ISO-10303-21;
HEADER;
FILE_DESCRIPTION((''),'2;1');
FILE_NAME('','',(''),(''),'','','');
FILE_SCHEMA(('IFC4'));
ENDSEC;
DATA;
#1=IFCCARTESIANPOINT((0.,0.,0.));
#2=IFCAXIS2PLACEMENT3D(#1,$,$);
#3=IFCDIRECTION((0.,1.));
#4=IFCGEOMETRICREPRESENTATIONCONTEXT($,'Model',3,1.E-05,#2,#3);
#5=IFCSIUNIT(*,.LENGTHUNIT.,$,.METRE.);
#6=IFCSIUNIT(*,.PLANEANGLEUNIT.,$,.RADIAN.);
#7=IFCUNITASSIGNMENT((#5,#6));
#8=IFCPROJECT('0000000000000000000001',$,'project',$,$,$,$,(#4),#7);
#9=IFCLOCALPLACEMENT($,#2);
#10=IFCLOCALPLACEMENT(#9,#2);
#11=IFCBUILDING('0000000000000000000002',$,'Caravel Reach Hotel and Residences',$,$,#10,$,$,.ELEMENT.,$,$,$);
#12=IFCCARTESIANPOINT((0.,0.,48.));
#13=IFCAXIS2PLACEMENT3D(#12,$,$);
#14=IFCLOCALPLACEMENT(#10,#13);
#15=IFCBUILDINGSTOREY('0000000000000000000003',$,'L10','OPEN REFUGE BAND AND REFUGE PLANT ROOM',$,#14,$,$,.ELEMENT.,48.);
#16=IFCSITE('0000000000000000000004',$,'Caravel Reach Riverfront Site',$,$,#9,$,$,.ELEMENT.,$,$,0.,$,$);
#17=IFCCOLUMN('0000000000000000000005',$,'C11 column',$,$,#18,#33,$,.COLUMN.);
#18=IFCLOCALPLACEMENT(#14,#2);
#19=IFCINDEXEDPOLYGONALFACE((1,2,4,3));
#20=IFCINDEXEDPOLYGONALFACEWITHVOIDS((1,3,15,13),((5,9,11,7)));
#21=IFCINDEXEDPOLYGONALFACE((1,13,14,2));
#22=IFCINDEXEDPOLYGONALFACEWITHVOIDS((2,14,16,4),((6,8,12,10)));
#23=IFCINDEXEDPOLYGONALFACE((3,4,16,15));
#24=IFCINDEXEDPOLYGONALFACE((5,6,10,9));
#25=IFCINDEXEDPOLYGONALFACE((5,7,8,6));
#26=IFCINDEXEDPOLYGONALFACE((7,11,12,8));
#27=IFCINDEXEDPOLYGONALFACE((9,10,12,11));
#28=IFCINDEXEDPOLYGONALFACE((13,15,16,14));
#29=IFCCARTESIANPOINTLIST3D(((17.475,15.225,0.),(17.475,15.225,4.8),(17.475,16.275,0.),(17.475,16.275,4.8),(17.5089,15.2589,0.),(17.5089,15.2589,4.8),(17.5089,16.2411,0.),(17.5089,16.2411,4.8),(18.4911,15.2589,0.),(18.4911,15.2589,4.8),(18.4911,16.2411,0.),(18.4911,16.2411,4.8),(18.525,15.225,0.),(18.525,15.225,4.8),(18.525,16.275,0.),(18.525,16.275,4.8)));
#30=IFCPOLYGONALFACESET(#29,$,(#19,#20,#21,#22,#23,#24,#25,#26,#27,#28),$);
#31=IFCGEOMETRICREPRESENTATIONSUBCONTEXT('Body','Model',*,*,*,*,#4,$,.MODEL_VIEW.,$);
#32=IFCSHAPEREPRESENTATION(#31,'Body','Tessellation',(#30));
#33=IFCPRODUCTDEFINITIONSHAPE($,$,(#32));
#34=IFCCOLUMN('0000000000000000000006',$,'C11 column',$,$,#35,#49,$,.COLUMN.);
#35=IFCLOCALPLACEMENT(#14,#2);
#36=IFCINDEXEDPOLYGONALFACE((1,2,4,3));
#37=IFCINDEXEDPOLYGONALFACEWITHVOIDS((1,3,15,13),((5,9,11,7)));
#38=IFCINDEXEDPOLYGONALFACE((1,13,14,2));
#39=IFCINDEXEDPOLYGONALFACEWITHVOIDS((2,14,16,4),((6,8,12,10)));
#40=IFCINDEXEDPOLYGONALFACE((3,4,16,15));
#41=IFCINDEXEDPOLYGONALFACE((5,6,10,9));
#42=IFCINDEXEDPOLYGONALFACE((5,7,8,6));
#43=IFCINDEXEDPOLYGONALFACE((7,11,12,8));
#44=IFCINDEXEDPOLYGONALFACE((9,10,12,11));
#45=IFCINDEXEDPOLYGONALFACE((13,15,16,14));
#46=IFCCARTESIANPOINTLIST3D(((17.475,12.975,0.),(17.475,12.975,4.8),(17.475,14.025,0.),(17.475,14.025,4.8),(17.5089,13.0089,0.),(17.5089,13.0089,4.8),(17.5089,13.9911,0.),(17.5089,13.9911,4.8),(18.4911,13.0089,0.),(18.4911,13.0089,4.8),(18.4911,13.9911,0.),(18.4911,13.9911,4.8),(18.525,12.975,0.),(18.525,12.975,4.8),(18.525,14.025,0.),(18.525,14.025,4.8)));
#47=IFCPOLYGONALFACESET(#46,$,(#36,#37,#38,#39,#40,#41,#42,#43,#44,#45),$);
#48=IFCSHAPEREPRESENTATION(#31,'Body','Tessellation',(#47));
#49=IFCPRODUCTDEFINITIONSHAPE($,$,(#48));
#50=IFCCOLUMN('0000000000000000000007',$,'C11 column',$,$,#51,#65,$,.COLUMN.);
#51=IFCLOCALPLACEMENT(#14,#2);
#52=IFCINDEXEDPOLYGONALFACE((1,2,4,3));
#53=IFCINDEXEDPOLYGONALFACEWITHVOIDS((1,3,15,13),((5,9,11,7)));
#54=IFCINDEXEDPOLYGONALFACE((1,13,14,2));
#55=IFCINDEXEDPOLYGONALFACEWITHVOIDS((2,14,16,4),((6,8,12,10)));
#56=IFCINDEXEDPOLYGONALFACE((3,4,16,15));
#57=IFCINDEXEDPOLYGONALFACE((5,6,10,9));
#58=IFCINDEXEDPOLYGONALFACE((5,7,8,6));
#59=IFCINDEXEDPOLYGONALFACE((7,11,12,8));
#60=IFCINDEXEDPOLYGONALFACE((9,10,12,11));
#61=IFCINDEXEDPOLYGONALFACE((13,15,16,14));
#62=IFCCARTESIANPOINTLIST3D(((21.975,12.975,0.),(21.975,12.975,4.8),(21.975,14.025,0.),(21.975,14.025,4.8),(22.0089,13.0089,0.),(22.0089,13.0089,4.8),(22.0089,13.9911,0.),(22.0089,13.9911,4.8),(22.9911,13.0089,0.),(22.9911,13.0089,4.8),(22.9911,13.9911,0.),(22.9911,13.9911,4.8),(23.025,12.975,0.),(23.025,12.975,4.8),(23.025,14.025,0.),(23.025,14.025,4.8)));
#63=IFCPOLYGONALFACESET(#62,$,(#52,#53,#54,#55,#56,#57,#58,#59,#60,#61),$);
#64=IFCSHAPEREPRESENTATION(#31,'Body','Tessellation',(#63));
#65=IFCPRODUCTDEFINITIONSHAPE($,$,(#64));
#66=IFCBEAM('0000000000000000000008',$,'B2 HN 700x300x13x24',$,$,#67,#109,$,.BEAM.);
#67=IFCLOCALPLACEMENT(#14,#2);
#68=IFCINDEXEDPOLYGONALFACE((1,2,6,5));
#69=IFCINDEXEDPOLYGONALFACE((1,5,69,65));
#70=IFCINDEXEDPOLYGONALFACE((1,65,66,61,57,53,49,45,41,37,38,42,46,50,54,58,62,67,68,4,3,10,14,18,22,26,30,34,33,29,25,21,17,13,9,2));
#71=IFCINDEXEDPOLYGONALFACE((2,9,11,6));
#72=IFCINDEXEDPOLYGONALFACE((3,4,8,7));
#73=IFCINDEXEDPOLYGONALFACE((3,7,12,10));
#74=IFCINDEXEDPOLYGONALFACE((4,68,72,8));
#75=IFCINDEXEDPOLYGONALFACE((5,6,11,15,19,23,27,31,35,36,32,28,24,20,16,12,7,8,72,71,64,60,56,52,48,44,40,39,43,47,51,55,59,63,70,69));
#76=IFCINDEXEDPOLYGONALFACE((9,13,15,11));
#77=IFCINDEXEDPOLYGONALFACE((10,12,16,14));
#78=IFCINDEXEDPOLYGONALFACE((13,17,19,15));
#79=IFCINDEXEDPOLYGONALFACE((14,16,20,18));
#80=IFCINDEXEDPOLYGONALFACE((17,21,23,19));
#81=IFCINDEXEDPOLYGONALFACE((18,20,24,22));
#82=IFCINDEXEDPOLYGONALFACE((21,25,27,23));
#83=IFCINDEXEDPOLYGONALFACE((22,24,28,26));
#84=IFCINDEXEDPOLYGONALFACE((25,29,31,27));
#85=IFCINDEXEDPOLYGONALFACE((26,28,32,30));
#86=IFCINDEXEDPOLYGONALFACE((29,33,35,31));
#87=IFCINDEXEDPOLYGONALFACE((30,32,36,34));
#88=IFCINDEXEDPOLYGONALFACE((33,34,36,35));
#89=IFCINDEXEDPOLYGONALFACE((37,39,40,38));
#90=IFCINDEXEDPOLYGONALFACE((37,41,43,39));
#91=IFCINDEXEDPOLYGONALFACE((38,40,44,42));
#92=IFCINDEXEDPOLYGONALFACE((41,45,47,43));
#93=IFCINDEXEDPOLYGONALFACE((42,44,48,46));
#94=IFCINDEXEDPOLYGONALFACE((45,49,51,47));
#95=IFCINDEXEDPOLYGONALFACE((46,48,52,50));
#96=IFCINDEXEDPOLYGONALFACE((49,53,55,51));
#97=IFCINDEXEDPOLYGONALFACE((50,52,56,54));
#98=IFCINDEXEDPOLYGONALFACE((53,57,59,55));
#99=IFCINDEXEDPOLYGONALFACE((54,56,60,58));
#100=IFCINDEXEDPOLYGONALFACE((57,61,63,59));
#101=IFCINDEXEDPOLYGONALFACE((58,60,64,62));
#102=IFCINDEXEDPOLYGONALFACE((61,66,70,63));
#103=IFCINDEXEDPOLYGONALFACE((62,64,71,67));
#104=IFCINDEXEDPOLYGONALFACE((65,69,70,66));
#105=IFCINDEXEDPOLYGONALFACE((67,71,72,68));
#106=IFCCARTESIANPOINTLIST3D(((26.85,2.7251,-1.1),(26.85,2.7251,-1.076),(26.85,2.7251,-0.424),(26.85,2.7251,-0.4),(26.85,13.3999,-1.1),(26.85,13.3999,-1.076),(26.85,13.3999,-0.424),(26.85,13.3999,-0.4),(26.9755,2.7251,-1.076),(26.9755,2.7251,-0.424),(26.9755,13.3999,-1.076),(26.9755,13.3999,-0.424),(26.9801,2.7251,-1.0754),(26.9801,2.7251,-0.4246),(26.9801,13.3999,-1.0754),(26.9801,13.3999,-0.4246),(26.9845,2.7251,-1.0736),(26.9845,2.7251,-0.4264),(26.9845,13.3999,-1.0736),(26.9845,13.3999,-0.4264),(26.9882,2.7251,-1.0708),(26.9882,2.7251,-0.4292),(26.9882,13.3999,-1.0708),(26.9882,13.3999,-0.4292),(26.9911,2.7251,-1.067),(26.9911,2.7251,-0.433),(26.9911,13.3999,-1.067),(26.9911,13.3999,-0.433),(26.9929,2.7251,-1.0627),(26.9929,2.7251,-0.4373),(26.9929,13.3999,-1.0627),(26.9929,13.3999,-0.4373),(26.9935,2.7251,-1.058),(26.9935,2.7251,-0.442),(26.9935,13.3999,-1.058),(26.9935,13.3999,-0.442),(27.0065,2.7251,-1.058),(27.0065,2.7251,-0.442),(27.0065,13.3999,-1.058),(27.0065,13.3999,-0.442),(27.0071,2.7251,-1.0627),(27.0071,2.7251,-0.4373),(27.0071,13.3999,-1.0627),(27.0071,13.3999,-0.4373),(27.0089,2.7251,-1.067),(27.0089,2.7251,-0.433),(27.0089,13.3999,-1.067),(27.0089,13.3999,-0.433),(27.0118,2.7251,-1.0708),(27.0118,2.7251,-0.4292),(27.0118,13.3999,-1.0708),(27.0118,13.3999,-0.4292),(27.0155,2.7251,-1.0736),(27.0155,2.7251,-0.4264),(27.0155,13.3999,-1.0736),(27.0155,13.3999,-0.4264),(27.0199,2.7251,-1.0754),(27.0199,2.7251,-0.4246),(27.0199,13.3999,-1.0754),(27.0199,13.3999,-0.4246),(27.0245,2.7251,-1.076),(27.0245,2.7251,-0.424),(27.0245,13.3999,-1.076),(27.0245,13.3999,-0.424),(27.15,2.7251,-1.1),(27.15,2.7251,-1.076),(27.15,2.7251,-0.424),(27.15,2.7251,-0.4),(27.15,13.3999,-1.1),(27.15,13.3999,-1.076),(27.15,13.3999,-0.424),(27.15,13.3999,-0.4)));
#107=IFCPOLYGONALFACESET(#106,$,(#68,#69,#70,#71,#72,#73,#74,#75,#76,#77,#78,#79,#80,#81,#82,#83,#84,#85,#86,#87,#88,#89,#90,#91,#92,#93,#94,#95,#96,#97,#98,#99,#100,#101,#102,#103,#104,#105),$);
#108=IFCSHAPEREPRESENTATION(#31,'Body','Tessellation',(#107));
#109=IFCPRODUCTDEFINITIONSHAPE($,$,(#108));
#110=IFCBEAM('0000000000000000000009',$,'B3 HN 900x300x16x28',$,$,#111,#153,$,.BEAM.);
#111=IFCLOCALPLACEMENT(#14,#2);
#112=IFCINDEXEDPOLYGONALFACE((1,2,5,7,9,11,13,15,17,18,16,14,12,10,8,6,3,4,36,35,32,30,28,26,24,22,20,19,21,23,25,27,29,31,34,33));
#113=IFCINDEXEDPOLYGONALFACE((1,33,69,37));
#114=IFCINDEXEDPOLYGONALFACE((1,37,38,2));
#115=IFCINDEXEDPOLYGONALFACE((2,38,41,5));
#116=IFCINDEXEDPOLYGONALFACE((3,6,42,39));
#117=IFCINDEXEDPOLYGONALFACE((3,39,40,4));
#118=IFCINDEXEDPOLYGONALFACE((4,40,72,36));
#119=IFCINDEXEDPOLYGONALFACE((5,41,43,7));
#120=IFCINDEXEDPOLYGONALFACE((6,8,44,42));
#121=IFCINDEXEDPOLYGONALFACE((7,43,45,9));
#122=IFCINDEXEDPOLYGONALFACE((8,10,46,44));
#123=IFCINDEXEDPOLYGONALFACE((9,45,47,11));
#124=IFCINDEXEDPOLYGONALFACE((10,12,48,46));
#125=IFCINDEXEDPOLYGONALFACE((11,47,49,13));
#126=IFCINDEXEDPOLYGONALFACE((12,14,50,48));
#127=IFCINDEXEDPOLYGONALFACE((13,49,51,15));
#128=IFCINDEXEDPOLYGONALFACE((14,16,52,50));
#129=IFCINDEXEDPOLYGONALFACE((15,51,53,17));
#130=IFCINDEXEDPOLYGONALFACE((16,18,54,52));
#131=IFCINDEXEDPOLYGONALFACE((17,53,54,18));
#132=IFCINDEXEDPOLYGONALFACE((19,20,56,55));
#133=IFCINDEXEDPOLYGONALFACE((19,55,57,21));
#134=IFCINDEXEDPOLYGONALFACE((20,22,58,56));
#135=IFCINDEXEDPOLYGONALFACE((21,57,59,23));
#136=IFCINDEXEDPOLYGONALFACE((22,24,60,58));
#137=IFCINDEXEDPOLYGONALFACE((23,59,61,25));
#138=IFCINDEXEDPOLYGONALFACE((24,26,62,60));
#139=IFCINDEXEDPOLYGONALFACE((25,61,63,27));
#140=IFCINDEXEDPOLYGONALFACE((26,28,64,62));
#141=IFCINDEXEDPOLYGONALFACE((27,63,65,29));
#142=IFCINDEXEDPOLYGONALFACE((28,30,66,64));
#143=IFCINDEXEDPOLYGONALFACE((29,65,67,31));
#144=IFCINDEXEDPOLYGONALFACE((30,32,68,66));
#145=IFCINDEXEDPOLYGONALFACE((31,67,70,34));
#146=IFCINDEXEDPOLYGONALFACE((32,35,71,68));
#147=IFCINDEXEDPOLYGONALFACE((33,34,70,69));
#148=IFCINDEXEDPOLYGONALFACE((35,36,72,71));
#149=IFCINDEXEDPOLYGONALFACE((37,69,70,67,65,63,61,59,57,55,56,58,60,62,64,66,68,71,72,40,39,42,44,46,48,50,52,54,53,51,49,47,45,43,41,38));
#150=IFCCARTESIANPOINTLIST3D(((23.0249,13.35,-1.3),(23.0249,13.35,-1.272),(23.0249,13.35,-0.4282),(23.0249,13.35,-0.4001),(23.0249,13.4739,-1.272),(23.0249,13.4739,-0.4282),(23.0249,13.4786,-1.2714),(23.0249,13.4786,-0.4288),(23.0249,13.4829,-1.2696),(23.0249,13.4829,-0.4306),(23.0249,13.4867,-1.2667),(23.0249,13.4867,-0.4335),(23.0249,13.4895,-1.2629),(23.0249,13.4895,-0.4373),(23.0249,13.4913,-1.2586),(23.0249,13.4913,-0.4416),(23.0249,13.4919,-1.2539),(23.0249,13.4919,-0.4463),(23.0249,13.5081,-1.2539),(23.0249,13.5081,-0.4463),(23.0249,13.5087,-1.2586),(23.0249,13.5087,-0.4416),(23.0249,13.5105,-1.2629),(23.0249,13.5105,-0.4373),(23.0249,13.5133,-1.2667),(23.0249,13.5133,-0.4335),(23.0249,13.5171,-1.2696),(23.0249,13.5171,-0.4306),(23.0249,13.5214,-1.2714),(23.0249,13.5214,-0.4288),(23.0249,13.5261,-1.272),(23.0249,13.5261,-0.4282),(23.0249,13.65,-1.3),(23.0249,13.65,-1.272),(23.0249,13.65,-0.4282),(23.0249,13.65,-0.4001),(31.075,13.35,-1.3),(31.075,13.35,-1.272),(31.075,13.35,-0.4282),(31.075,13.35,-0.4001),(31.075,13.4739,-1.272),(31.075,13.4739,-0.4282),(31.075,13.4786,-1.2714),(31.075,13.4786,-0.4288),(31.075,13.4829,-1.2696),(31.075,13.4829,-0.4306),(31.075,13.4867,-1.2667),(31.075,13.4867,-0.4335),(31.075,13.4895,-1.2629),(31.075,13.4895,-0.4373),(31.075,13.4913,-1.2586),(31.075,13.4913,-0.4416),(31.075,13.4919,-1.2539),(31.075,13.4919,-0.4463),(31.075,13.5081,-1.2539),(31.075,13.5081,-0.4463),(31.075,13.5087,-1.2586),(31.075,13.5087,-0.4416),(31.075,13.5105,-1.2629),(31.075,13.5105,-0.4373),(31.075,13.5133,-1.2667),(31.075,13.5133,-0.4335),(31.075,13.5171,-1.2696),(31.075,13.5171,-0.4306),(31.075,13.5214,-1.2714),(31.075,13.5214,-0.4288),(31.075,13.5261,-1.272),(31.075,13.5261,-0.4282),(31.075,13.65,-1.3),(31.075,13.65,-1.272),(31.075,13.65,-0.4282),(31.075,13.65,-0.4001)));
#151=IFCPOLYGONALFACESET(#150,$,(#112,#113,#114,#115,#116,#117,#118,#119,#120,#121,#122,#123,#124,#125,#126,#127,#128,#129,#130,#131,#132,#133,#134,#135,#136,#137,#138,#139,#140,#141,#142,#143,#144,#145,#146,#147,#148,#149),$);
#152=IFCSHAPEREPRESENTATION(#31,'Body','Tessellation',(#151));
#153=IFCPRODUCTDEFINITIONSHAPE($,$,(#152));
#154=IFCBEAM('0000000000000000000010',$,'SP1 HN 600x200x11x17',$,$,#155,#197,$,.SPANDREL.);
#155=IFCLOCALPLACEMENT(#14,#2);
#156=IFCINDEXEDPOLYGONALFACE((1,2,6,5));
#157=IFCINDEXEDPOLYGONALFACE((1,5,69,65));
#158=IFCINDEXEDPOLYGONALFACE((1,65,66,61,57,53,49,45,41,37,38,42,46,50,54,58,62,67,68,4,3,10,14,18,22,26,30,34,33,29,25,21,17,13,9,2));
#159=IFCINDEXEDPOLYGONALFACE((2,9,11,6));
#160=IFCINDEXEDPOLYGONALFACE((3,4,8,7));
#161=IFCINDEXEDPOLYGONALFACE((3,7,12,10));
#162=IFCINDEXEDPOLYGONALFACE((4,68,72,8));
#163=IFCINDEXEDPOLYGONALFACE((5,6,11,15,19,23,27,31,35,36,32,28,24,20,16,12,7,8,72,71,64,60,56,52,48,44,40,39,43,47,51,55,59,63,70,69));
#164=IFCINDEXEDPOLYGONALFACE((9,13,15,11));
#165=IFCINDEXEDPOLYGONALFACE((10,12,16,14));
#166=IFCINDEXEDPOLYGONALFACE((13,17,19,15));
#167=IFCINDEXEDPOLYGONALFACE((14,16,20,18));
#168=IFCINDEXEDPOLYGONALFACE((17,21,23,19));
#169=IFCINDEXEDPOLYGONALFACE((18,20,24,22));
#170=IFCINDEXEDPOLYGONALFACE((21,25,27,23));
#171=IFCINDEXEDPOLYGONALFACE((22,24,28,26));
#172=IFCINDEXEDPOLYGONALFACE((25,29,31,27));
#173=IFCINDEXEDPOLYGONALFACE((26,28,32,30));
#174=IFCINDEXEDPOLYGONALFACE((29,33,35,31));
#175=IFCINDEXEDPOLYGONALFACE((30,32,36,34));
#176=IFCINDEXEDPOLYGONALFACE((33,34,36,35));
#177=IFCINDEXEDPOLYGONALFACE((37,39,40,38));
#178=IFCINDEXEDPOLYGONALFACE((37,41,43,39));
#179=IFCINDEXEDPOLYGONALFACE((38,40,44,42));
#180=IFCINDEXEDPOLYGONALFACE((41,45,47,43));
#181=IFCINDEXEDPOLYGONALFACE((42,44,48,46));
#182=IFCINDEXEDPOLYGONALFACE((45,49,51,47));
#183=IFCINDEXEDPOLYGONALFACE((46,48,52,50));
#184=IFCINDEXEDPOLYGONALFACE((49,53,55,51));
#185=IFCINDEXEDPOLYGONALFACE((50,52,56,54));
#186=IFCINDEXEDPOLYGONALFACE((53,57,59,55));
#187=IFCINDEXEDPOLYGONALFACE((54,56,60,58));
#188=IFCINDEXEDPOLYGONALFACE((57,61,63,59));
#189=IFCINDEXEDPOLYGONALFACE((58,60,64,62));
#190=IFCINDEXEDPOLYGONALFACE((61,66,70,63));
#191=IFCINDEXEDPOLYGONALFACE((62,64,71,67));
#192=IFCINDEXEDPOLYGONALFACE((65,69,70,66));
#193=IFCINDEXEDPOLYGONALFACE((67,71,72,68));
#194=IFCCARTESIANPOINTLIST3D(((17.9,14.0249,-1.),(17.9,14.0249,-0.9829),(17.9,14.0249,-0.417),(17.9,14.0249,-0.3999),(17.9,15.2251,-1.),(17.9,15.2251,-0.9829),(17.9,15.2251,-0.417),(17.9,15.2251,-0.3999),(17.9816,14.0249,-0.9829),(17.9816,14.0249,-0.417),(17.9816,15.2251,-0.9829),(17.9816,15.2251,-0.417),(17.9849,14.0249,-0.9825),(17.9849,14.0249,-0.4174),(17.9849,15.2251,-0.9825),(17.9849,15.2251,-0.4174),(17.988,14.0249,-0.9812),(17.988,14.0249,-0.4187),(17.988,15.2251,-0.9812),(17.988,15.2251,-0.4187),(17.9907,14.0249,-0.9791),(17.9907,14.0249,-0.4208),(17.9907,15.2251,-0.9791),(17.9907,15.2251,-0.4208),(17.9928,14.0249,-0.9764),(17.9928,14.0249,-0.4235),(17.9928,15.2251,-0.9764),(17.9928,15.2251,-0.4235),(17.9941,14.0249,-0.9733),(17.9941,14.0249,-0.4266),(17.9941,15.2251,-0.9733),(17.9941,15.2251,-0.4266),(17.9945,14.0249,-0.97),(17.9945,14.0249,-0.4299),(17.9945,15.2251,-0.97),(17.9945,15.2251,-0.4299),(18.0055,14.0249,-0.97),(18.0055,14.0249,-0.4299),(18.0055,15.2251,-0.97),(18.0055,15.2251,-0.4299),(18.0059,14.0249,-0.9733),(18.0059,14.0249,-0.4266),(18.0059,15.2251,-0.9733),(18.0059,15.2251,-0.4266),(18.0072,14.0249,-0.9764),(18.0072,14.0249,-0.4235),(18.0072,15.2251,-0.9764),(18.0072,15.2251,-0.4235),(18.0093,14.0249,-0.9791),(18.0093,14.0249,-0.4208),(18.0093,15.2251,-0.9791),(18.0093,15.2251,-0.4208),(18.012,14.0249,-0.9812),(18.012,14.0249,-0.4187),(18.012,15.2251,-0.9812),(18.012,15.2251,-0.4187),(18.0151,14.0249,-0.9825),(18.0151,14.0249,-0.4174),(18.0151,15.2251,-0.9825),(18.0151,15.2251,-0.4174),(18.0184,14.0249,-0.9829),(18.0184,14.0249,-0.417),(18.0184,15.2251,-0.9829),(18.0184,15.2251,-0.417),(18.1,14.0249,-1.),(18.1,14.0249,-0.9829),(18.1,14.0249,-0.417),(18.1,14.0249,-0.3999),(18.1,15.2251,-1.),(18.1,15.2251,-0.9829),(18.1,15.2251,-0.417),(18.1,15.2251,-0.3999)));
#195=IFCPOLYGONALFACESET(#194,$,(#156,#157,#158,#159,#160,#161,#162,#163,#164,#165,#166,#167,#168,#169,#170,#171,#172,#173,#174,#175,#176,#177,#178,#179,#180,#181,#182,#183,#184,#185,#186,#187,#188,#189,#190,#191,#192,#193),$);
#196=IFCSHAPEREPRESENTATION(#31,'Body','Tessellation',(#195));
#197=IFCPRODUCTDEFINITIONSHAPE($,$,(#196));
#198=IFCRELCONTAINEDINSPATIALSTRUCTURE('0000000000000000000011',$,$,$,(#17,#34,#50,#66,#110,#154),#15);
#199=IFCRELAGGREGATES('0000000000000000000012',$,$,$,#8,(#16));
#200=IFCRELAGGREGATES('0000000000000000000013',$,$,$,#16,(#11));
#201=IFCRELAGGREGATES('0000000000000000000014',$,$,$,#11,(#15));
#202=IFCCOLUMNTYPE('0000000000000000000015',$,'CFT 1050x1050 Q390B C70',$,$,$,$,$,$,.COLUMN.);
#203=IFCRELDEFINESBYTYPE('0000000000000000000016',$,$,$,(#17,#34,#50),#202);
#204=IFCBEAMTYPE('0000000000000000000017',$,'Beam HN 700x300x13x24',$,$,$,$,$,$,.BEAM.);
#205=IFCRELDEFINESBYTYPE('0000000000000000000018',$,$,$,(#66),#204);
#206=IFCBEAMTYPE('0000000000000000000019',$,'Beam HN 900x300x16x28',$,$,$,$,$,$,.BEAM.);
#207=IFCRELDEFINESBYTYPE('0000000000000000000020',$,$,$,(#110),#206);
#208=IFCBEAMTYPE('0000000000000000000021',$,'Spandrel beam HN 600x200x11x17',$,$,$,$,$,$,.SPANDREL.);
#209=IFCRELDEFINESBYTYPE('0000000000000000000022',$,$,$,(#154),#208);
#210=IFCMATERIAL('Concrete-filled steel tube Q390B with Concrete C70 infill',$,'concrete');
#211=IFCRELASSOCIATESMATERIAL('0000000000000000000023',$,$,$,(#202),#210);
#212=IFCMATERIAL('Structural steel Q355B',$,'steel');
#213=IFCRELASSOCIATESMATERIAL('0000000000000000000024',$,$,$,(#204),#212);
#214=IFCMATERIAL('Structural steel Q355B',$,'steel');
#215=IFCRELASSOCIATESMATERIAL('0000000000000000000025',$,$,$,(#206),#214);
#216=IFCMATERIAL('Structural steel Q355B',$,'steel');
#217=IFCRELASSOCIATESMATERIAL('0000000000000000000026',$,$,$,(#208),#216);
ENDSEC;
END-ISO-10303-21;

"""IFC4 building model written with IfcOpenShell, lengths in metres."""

from ifc_helpers import new_model, si_unit, direction, frame, origin, origin_2d, place, context, subcontext, project, spatial, hollow_rectangle, i_section, extrude, material, material_profile, profile_set, type_object, element, save


model = new_model("IFC4")

# Units and contexts
model_context = context("Model", 3, precision=1e-05, world=origin(), true_north=direction((0.0, 1.0)))
body_context = subcontext(model_context, "Body", "Model", "MODEL_VIEW")
ifc_project = project(units=[si_unit("LENGTHUNIT", "METRE"), si_unit("PLANEANGLEUNIT", "RADIAN")], contexts=[model_context])

# Site, building, storey
site_placement = place(None, origin())
site = spatial("IfcSite", under=ifc_project, at=site_placement, Name="Caravel Reach Riverfront Site", CompositionType="ELEMENT", RefElevation=0.0)
building_placement = place(site_placement, origin())
building = spatial("IfcBuilding", under=site, at=building_placement, Name="Caravel Reach Hotel and Residences", CompositionType="ELEMENT")
storey_placement = place(building_placement, frame((0.0, 0.0, 48.0)))
storey = spatial("IfcBuildingStorey", under=building, at=storey_placement, Name="L10", Description="OPEN REFUGE BAND AND REFUGE PLANT ROOM", CompositionType="ELEMENT", Elevation=48.0)

# Columns
ifc_material_1 = material(Name="Concrete-filled steel tube Q390B with Concrete C70 infill", Category="concrete")
ifc_material_profile_1 = material_profile(ifc_material_1, hollow_rectangle(XDim=1.05, YDim=1.05, WallThickness=0.0339, at=origin_2d()), Name="RHS 1050x1050x34")
ifc_profile_set_1 = profile_set([ifc_material_profile_1], Name="Concrete-filled steel tube Q390B with Concrete C70 infill")
column_type = type_object("IfcColumnType", Name="CFT 1050x1050 Q390B C70", PredefinedType="COLUMN", material=ifc_profile_set_1)
for number, where, z_axis, x_axis, name in (
    (1, (18.0, 15.75, 0.0), (0.0, 0.0, 1.0), (1.0, 0.0, 0.0), "C11 column"),
    (2, (18.0, 13.5, 0.0), (0.0, 0.0, 1.0), (1.0, 0.0, 0.0), "C11 column"),
    (3, (22.5, 13.5, 0.0), (0.0, 0.0, 1.0), (1.0, 0.0, 0.0), "C11 column"),
):
    element("IfcColumn", number, at=place(storey_placement, frame(where, z_axis=z_axis, x_axis=x_axis)), inside=storey, type_object=column_type, Name=name, PredefinedType="COLUMN", context=body_context, shape_type="SweptSolid", body=[
        extrude(hollow_rectangle(XDim=1.05, YDim=1.05, WallThickness=0.0339, at=origin_2d()), origin(), (0.0, 0.0, 1.0), 4.8),
    ])

# Beams
ifc_material_2 = material(Name="Structural steel Q355B", Category="steel")
ifc_material_profile_2 = material_profile(ifc_material_2, i_section(OverallWidth=0.3, OverallDepth=0.7, WebThickness=0.0129, FlangeThickness=0.0239, FilletRadius=0.0181, at=origin_2d()), Name="HN 700x300x13x24")
ifc_profile_set_2 = profile_set([ifc_material_profile_2], Name="Structural steel Q355B")
beam_type_1 = type_object("IfcBeamType", Name="Beam HN 700x300x13x24", PredefinedType="BEAM", material=ifc_profile_set_2)
beam_1_placement = place(storey_placement, frame((27.0, 13.3999, -0.75), z_axis=(0.0, -1.0, 0.0), x_axis=(1.0, 0.0, 0.0)))
element("IfcBeam", 4, at=beam_1_placement, inside=storey, type_object=beam_type_1, Name="B2 HN 700x300x13x24", PredefinedType="BEAM", context=body_context, shape_type="SweptSolid", body=[
    extrude(i_section(OverallWidth=0.3, OverallDepth=0.7, WebThickness=0.0129, FlangeThickness=0.0239, FilletRadius=0.0181, at=origin_2d()), origin(), (0.0, 0.0, 1.0), 10.6748),
])
ifc_material_3 = material(Name="Structural steel Q355B", Category="steel")
ifc_material_profile_3 = material_profile(ifc_material_3, i_section(OverallWidth=0.3, OverallDepth=0.8999, WebThickness=0.0161, FlangeThickness=0.0281, FilletRadius=0.0181, at=origin_2d()), Name="HN 900x300x16x28")
ifc_profile_set_3 = profile_set([ifc_material_profile_3], Name="Structural steel Q355B")
beam_type_2 = type_object("IfcBeamType", Name="Beam HN 900x300x16x28", PredefinedType="BEAM", material=ifc_profile_set_3)
beam_2_placement = place(storey_placement, frame((23.0249, 13.5, -0.8501), z_axis=(1.0, 0.0, 0.0), x_axis=(0.0, 1.0, 0.0)))
element("IfcBeam", 5, at=beam_2_placement, inside=storey, type_object=beam_type_2, Name="B3 HN 900x300x16x28", PredefinedType="BEAM", context=body_context, shape_type="SweptSolid", body=[
    extrude(i_section(OverallWidth=0.3, OverallDepth=0.8999, WebThickness=0.0161, FlangeThickness=0.0281, FilletRadius=0.0181, at=origin_2d()), origin(), (0.0, 0.0, 1.0), 8.05),
])
ifc_material_4 = material(Name="Structural steel Q355B", Category="steel")
ifc_material_profile_4 = material_profile(ifc_material_4, i_section(OverallWidth=0.2, OverallDepth=0.6001, WebThickness=0.011, FlangeThickness=0.0171, FilletRadius=0.0129, at=origin_2d()), Name="HN 600x200x11x17")
ifc_profile_set_4 = profile_set([ifc_material_profile_4], Name="Structural steel Q355B")
beam_type_3 = type_object("IfcBeamType", Name="Spandrel beam HN 600x200x11x17", PredefinedType="SPANDREL", material=ifc_profile_set_4)
beam_3_placement = place(storey_placement, frame((18.0, 15.2251, -0.7), z_axis=(0.0, -1.0, 0.0), x_axis=(1.0, 0.0, 0.0)))
element("IfcBeam", 6, at=beam_3_placement, inside=storey, type_object=beam_type_3, Name="SP1 HN 600x200x11x17", PredefinedType="SPANDREL", context=body_context, shape_type="SweptSolid", body=[
    extrude(i_section(OverallWidth=0.2, OverallDepth=0.6001, WebThickness=0.011, FlangeThickness=0.0171, FilletRadius=0.0129, at=origin_2d()), origin(), (0.0, 0.0, 1.0), 1.2002),
])

save(model, "model.ifc")
